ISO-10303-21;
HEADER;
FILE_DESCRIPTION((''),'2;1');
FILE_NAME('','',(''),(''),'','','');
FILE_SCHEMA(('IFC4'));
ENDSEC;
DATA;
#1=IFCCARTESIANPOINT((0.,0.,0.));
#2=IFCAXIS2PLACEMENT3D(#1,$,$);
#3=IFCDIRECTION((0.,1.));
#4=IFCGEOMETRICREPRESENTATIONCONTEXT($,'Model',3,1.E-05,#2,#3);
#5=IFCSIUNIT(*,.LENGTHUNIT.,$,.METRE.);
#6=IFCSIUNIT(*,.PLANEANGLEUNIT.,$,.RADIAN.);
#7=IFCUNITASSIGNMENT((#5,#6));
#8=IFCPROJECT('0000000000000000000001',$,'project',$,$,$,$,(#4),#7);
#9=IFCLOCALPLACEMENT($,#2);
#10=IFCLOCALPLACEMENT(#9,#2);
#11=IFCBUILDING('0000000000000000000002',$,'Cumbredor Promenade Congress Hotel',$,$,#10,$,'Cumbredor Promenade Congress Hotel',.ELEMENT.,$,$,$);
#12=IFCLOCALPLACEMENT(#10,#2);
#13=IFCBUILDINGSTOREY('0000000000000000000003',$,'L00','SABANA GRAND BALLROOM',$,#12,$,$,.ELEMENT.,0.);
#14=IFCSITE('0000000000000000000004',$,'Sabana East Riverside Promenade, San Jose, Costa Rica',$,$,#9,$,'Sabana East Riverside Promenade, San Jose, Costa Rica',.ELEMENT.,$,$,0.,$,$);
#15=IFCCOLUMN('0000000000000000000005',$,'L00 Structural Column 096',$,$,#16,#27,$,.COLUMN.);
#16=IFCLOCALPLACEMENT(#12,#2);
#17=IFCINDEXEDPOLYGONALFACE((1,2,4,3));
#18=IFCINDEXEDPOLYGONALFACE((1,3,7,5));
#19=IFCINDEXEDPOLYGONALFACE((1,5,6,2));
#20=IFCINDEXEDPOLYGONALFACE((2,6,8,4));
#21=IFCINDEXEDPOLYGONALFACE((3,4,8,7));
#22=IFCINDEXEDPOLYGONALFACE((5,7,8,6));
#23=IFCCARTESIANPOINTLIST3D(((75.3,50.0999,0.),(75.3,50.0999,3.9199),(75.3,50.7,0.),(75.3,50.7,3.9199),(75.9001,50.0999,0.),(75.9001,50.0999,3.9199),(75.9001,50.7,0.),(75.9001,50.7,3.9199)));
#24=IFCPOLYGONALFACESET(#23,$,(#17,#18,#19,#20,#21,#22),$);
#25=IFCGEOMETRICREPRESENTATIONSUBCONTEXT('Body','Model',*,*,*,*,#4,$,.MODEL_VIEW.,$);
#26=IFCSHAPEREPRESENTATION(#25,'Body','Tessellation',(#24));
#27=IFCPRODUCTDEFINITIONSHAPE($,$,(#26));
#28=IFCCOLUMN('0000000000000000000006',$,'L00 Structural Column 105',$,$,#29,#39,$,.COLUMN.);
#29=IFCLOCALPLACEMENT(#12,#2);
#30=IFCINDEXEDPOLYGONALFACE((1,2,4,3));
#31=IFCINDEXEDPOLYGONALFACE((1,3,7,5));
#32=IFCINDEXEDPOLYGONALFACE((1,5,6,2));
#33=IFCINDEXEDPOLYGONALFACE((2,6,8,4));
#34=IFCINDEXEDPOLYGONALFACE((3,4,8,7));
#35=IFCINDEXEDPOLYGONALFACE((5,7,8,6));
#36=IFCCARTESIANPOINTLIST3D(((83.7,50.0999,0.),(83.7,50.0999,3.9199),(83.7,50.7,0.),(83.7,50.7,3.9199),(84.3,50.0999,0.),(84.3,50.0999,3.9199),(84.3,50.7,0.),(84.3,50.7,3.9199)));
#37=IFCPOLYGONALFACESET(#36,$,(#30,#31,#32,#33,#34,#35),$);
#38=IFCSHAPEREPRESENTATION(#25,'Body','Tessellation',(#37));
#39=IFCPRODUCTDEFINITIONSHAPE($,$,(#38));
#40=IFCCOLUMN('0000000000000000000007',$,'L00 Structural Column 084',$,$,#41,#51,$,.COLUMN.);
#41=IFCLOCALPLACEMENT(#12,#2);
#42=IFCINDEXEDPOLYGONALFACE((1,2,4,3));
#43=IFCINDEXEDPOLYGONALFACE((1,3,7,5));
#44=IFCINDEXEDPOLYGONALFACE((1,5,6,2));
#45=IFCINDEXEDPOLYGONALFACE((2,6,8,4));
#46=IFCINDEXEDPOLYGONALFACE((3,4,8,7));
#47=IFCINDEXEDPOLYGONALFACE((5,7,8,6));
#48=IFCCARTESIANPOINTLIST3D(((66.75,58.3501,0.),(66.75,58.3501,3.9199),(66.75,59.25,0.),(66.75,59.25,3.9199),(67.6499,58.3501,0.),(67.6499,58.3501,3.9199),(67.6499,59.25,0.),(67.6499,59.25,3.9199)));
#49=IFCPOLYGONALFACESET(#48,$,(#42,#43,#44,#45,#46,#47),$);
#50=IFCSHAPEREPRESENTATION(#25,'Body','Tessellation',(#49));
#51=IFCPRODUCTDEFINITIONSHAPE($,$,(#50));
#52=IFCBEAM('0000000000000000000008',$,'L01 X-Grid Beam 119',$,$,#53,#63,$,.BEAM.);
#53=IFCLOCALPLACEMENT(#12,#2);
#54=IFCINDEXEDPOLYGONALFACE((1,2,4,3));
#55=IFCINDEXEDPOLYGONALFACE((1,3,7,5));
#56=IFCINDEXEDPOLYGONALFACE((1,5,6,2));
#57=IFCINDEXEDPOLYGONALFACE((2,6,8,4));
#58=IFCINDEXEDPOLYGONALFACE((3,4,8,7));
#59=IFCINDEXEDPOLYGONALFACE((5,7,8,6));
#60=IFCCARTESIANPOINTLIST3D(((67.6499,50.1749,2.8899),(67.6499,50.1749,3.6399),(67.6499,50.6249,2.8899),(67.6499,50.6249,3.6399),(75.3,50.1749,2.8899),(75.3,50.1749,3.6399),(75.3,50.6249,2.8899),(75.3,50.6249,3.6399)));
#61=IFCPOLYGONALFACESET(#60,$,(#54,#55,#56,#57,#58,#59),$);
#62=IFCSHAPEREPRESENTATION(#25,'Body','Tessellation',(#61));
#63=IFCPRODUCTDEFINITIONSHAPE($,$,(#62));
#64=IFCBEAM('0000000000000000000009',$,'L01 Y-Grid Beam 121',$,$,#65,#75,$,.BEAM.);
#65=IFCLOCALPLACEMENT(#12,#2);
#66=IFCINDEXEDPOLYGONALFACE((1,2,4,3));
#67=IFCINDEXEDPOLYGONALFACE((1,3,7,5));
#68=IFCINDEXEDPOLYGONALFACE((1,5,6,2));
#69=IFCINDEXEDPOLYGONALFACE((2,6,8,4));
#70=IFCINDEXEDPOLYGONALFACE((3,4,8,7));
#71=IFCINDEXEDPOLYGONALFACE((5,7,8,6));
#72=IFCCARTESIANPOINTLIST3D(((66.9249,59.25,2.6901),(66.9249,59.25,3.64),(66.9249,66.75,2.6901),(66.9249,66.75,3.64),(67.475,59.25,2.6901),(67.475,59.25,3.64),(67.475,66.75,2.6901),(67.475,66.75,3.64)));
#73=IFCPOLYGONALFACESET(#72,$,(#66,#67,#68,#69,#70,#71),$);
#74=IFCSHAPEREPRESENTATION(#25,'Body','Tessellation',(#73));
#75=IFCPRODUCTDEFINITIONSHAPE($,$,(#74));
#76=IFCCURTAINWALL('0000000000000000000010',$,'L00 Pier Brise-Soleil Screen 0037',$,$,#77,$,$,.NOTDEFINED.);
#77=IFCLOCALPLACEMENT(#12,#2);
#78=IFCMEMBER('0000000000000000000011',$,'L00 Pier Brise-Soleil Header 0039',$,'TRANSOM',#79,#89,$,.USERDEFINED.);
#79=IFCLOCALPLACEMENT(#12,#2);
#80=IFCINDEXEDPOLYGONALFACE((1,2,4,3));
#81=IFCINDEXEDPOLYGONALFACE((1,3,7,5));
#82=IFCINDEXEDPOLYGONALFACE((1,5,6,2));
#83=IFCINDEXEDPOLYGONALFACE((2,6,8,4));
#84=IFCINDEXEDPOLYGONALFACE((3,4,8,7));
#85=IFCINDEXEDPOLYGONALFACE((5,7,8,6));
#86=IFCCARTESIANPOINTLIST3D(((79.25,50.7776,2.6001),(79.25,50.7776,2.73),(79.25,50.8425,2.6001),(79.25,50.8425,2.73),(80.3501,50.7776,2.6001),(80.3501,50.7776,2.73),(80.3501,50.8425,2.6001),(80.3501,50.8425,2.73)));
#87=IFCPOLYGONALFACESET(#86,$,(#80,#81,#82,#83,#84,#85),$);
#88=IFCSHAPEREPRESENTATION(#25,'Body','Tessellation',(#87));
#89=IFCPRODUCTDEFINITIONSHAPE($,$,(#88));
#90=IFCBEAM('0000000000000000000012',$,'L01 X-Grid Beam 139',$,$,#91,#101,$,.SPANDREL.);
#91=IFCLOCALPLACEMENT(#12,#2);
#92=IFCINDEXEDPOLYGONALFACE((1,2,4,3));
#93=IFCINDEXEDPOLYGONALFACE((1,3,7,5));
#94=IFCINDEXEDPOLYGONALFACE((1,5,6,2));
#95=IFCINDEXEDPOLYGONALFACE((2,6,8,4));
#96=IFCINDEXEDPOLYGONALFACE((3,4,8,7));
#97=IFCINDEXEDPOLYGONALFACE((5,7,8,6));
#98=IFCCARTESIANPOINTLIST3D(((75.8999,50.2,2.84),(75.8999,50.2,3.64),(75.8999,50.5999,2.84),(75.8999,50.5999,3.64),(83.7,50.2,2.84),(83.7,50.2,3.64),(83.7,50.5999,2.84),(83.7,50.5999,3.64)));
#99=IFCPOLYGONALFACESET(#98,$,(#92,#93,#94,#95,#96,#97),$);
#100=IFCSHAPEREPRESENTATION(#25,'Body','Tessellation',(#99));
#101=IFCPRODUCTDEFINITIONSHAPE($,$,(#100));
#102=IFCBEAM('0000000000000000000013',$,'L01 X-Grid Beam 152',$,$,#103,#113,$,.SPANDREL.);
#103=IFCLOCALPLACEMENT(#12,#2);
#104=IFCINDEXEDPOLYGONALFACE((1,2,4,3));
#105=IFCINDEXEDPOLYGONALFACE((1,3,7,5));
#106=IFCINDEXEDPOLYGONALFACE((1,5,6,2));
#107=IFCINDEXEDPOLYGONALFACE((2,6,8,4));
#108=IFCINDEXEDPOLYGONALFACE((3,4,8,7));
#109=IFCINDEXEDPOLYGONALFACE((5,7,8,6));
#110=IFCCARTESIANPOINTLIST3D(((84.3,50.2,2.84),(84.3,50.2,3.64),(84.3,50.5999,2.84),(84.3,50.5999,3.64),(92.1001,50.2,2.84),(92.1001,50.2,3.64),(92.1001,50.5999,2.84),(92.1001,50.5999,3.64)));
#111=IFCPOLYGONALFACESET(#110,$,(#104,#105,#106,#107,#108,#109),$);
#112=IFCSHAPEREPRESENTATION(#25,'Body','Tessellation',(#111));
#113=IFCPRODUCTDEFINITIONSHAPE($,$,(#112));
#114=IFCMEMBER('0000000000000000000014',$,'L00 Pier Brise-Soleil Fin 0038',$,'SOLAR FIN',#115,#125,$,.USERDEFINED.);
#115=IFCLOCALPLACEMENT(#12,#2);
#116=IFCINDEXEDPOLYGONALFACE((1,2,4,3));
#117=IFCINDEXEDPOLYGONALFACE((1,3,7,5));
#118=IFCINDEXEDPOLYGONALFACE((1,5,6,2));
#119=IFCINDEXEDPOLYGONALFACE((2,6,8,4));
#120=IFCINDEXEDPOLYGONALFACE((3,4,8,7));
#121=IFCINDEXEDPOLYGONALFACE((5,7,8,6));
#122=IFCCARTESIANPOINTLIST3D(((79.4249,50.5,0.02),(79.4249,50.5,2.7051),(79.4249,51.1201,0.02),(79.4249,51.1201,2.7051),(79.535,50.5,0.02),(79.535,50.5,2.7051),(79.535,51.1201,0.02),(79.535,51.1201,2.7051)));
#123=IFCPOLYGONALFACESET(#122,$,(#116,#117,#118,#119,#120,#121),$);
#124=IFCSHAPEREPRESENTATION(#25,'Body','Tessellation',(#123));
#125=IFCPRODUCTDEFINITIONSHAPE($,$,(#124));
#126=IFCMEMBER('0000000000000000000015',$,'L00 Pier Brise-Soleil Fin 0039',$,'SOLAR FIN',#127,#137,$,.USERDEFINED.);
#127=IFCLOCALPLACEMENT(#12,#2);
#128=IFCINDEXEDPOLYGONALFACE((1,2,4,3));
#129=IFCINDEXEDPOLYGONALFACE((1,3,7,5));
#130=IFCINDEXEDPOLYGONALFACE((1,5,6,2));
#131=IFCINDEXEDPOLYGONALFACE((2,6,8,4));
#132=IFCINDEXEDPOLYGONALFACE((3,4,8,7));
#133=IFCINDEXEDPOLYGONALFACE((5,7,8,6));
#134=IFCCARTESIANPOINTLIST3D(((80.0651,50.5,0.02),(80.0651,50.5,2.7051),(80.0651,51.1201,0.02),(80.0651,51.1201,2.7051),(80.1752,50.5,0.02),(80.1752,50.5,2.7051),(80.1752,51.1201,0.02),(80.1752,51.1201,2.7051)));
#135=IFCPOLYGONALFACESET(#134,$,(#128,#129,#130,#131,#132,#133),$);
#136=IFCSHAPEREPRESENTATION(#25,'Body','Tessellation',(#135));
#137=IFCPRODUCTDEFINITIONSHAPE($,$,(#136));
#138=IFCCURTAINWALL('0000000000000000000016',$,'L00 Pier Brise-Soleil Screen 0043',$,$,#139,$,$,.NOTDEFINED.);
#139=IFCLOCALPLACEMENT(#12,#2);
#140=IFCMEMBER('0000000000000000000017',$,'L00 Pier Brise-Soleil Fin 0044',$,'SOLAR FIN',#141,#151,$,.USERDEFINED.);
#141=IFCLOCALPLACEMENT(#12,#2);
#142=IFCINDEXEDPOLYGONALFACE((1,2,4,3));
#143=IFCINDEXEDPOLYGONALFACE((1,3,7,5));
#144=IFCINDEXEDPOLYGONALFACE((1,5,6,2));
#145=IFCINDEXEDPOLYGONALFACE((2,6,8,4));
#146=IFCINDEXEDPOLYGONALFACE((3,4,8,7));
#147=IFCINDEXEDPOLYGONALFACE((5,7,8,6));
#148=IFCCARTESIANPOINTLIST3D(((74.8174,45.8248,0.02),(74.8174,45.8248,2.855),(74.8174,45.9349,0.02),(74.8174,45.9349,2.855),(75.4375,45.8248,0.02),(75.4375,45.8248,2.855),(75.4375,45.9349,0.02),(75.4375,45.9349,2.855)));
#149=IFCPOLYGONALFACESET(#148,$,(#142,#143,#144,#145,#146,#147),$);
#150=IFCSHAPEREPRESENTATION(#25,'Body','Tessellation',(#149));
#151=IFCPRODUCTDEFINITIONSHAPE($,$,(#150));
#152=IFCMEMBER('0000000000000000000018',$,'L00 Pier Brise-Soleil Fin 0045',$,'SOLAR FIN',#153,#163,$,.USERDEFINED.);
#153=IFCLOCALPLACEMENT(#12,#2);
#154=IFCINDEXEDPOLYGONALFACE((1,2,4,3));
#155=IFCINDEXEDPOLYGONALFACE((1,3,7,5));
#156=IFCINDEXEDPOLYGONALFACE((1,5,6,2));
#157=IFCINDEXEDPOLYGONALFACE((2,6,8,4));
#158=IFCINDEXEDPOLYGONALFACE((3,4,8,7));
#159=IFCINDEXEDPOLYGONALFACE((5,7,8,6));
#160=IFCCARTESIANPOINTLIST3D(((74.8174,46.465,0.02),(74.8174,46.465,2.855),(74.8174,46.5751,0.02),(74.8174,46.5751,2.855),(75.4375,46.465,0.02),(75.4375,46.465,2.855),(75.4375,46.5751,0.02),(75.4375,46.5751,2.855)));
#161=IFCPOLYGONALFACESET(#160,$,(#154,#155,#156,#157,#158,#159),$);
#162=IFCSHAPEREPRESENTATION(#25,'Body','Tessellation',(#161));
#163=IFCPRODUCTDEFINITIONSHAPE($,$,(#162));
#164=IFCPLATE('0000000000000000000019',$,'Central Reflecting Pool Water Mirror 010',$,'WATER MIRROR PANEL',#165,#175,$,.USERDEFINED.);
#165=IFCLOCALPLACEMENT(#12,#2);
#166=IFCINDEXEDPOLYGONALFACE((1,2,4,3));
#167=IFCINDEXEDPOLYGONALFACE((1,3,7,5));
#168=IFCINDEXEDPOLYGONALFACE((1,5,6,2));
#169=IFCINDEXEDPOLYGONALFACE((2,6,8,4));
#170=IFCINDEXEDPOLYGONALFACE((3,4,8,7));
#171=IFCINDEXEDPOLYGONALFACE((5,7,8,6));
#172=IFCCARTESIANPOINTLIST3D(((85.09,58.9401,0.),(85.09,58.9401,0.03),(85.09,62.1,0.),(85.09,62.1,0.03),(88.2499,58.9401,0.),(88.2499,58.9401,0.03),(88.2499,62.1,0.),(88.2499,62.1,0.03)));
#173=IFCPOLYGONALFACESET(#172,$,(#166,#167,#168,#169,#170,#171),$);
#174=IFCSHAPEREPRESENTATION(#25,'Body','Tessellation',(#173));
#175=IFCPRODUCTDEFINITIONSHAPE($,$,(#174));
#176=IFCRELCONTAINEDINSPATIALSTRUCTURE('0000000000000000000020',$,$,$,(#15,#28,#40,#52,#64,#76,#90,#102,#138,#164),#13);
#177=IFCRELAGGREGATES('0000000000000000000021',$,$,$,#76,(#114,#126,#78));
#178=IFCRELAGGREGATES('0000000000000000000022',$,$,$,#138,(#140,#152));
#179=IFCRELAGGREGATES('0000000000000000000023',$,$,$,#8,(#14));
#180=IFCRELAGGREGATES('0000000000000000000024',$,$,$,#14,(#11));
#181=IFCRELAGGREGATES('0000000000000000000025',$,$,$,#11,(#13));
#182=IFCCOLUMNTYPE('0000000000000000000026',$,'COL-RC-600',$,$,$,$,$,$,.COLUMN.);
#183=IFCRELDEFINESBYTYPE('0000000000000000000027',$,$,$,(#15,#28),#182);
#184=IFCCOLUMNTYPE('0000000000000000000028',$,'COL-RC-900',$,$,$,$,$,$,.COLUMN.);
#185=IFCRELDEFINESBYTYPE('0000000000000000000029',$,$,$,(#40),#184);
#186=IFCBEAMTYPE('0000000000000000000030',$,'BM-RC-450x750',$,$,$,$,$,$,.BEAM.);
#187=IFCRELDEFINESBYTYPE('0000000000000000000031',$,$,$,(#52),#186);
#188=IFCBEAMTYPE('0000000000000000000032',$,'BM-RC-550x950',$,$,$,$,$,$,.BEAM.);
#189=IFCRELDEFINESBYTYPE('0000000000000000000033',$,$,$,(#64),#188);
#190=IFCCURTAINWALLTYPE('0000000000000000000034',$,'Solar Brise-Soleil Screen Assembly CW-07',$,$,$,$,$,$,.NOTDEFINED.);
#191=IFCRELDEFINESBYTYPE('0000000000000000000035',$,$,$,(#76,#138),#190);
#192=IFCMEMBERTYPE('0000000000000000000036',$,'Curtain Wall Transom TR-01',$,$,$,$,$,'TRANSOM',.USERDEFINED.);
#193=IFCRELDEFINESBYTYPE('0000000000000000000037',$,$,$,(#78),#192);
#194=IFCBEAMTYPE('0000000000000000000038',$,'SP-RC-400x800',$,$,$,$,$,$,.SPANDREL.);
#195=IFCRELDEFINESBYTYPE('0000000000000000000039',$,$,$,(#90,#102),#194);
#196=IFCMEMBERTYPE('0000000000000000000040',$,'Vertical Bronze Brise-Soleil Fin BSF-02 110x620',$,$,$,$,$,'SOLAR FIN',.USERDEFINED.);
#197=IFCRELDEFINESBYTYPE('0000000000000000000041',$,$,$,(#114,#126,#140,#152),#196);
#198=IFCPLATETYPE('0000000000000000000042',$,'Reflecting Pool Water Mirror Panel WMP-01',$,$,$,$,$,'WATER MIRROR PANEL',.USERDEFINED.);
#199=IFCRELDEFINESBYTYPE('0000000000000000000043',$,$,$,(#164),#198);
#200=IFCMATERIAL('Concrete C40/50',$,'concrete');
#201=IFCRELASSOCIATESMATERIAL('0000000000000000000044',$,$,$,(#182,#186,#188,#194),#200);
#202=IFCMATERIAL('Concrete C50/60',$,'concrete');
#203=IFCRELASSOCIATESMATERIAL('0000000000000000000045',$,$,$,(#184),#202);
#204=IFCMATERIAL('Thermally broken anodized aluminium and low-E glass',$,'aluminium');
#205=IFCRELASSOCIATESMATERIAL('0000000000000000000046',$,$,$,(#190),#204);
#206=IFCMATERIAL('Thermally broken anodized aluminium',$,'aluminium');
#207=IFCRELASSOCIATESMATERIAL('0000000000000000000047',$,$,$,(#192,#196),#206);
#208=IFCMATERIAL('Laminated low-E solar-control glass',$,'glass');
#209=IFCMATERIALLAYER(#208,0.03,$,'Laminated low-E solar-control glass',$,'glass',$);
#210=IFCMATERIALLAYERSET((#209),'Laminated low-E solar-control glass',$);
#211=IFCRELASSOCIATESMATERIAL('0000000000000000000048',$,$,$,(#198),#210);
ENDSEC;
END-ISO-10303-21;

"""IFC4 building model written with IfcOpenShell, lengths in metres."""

from ifc_helpers import new_model, si_unit, direction, frame, origin, origin_2d, place, context, subcontext, project, spatial, rectangle, extrude, material, layer, layer_set, material_profile, profile_set, type_object, element, aggregate, save


model = new_model("IFC4")

# Units and contexts
model_context = context("Model", 3, precision=1e-05, world=origin(), true_north=direction((0.0, 1.0)))
body_context = subcontext(model_context, "Body", "Model", "MODEL_VIEW")
ifc_project = project(units=[si_unit("LENGTHUNIT", "METRE"), si_unit("PLANEANGLEUNIT", "RADIAN")], contexts=[model_context])

# Site, building, storey
site_placement = place(None, origin())
site = spatial("IfcSite", under=ifc_project, at=site_placement, Name="Sabana East Riverside Promenade, San Jose, Costa Rica", LongName="Sabana East Riverside Promenade, San Jose, Costa Rica", CompositionType="ELEMENT", RefElevation=0.0)
building_placement = place(site_placement, origin())
building = spatial("IfcBuilding", under=site, at=building_placement, Name="Cumbredor Promenade Congress Hotel", LongName="Cumbredor Promenade Congress Hotel", CompositionType="ELEMENT")
storey_placement = place(building_placement, origin())
storey = spatial("IfcBuildingStorey", under=building, at=storey_placement, Name="L00", Description="SABANA GRAND BALLROOM", CompositionType="ELEMENT", Elevation=0.0)

# Columns
ifc_material_1 = material(Name="Concrete C40/50", Category="concrete")
ifc_material_profile_1 = material_profile(ifc_material_1, rectangle(XDim=0.6001, YDim=0.6001, at=origin_2d()), Name="RC 600x600")
ifc_profile_set_1 = profile_set([ifc_material_profile_1], Name="Concrete C40/50")
column_type_1 = type_object("IfcColumnType", Name="COL-RC-600", PredefinedType="COLUMN", material=ifc_profile_set_1)
for number, where, z_axis, x_axis, name in (
    (1, (75.6001, 50.3999, 0.0), (0.0, 0.0, 1.0), (1.0, 0.0, 0.0), "L00 Structural Column 096"),
    (2, (84.0, 50.3999, 0.0), (0.0, 0.0, 1.0), (1.0, 0.0, 0.0), "L00 Structural Column 105"),
):
    element("IfcColumn", number, at=place(storey_placement, frame(where, z_axis=z_axis, x_axis=x_axis)), inside=storey, type_object=column_type_1, Name=name, PredefinedType="COLUMN", context=body_context, shape_type="SweptSolid", body=[
        extrude(rectangle(XDim=0.6001, YDim=0.6001, at=origin_2d()), origin(), (0.0, 0.0, 1.0), 3.9199),
    ])
ifc_material_2 = material(Name="Concrete C50/60", Category="concrete")
ifc_material_profile_2 = material_profile(ifc_material_2, rectangle(XDim=0.8999, YDim=0.8999, at=origin_2d()), Name="RC 900x900")
ifc_profile_set_2 = profile_set([ifc_material_profile_2], Name="Concrete C50/60")
column_type_2 = type_object("IfcColumnType", Name="COL-RC-900", PredefinedType="COLUMN", material=ifc_profile_set_2)
column_placement = place(storey_placement, frame((67.2, 58.8, 0.0), z_axis=(0.0, 0.0, 1.0), x_axis=(1.0, 0.0, 0.0)))
element("IfcColumn", 3, at=column_placement, inside=storey, type_object=column_type_2, Name="L00 Structural Column 084", PredefinedType="COLUMN", context=body_context, shape_type="SweptSolid", body=[
    extrude(rectangle(XDim=0.8999, YDim=0.8999, at=origin_2d()), origin(), (0.0, 0.0, 1.0), 3.9199),
])

# Beams
ifc_material_profile_3 = material_profile(ifc_material_1, rectangle(XDim=0.45, YDim=0.75, at=origin_2d()), Name="RC BEAM 450x750")
ifc_profile_set_3 = profile_set([ifc_material_profile_3], Name="Concrete C40/50")
beam_type_1 = type_object("IfcBeamType", Name="BM-RC-450x750", PredefinedType="BEAM", material=ifc_profile_set_3)
beam_1_placement = place(storey_placement, frame((67.6499, 50.3999, 3.2649), z_axis=(1.0, 0.0, 0.0), x_axis=(0.0, 1.0, 0.0)))
element("IfcBeam", 4, at=beam_1_placement, inside=storey, type_object=beam_type_1, Name="L01 X-Grid Beam 119", PredefinedType="BEAM", context=body_context, shape_type="SweptSolid", body=[
    extrude(rectangle(XDim=0.45, YDim=0.75, at=origin_2d()), origin(), (0.0, 0.0, 1.0), 7.6501),
])
ifc_material_profile_4 = material_profile(ifc_material_1, rectangle(XDim=0.55, YDim=0.95, at=origin_2d()), Name="RC BEAM 550x950")
ifc_profile_set_4 = profile_set([ifc_material_profile_4], Name="Concrete C40/50")
beam_type_2 = type_object("IfcBeamType", Name="BM-RC-550x950", PredefinedType="BEAM", material=ifc_profile_set_4)
beam_2_placement = place(storey_placement, frame((67.2, 59.25, 3.165), z_axis=(0.0, 1.0, 0.0), x_axis=(-1.0, 0.0, 0.0)))
element("IfcBeam", 5, at=beam_2_placement, inside=storey, type_object=beam_type_2, Name="L01 Y-Grid Beam 121", PredefinedType="BEAM", context=body_context, shape_type="SweptSolid", body=[
    extrude(rectangle(XDim=0.55, YDim=0.95, at=origin_2d()), origin(), (0.0, 0.0, 1.0), 7.5),
])

# Curtain wall, member
ifc_material_3 = material(Name="Thermally broken anodized aluminium and low-E glass", Category="aluminium")
curtain_wall_type = type_object("IfcCurtainWallType", Name="Solar Brise-Soleil Screen Assembly CW-07", PredefinedType="NOTDEFINED", material=ifc_material_3)
curtain_wall_1_placement = place(storey_placement, origin())
curtain_wall_1 = element("IfcCurtainWall", 6, at=curtain_wall_1_placement, inside=storey, type_object=curtain_wall_type, Name="L00 Pier Brise-Soleil Screen 0037", PredefinedType="NOTDEFINED")
ifc_material_4 = material(Name="Thermally broken anodized aluminium", Category="aluminium")
ifc_material_profile_5 = material_profile(ifc_material_4, rectangle(XDim=0.0649, YDim=0.1299, at=origin_2d()), Name="ALU TRANSOM 65x130")
ifc_profile_set_5 = profile_set([ifc_material_profile_5], Name="Thermally broken anodized aluminium")
member_type_1 = type_object("IfcMemberType", Name="Curtain Wall Transom TR-01", ElementType="TRANSOM", PredefinedType="USERDEFINED", material=ifc_profile_set_5)
member_1_placement = place(storey_placement, frame((79.25, 50.8101, 2.665), z_axis=(1.0, 0.0, 0.0), x_axis=(0.0, 1.0, 0.0)))
member_1 = element("IfcMember", 7, at=member_1_placement, type_object=member_type_1, Name="L00 Pier Brise-Soleil Header 0039", ObjectType="TRANSOM", PredefinedType="USERDEFINED", context=body_context, shape_type="SweptSolid", body=[
    extrude(rectangle(XDim=0.0649, YDim=0.1299, at=origin_2d()), origin(), (0.0, 0.0, 1.0), 1.1001),
])

# Beams
ifc_material_profile_6 = material_profile(ifc_material_1, rectangle(XDim=0.3999, YDim=0.8, at=origin_2d()), Name="RC SPANDREL 400x800")
ifc_profile_set_6 = profile_set([ifc_material_profile_6], Name="Concrete C40/50")
beam_type_3 = type_object("IfcBeamType", Name="SP-RC-400x800", PredefinedType="SPANDREL", material=ifc_profile_set_6)
for number, where, z_axis, x_axis, name in (
    (8, (75.8999, 50.3999, 3.24), (1.0, 0.0, 0.0), (0.0, 1.0, 0.0), "L01 X-Grid Beam 139"),
    (9, (84.3, 50.3999, 3.24), (1.0, 0.0, 0.0), (0.0, 1.0, 0.0), "L01 X-Grid Beam 152"),
):
    element("IfcBeam", number, at=place(storey_placement, frame(where, z_axis=z_axis, x_axis=x_axis)), inside=storey, type_object=beam_type_3, Name=name, PredefinedType="SPANDREL", context=body_context, shape_type="SweptSolid", body=[
        extrude(rectangle(XDim=0.3999, YDim=0.8, at=origin_2d()), origin(), (0.0, 0.0, 1.0), 7.8),
    ])

# Members
ifc_material_profile_7 = material_profile(ifc_material_4, rectangle(XDim=0.1101, YDim=0.6201, at=origin_2d()), Name="ARCH FIN 110x620")
ifc_profile_set_7 = profile_set([ifc_material_profile_7], Name="Thermally broken anodized aluminium")
member_type_2 = type_object("IfcMemberType", Name="Vertical Bronze Brise-Soleil Fin BSF-02 110x620", ElementType="SOLAR FIN", PredefinedType="USERDEFINED", material=ifc_profile_set_7)
member_2_placement = place(storey_placement, frame((79.48, 50.8101, 0.02), z_axis=(0.0, 0.0, 1.0), x_axis=(1.0, 0.0, 0.0)))
member_2 = element("IfcMember", 10, at=member_2_placement, type_object=member_type_2, Name="L00 Pier Brise-Soleil Fin 0038", ObjectType="SOLAR FIN", PredefinedType="USERDEFINED", context=body_context, shape_type="SweptSolid", body=[
    extrude(rectangle(XDim=0.1101, YDim=0.6201, at=origin_2d()), origin(), (0.0, 0.0, 1.0), 2.6851),
])
member_3_placement = place(storey_placement, frame((80.1201, 50.8101, 0.02), z_axis=(0.0, 0.0, 1.0), x_axis=(1.0, 0.0, 0.0)))
member_3 = element("IfcMember", 11, at=member_3_placement, type_object=member_type_2, Name="L00 Pier Brise-Soleil Fin 0039", ObjectType="SOLAR FIN", PredefinedType="USERDEFINED", context=body_context, shape_type="SweptSolid", body=[
    extrude(rectangle(XDim=0.1101, YDim=0.6201, at=origin_2d()), origin(), (0.0, 0.0, 1.0), 2.6851),
])
aggregate(curtain_wall_1, [member_2, member_3, member_1])

# Curtain wall, members
curtain_wall_2_placement = place(storey_placement, origin())
curtain_wall_2 = element("IfcCurtainWall", 12, at=curtain_wall_2_placement, inside=storey, type_object=curtain_wall_type, Name="L00 Pier Brise-Soleil Screen 0043", PredefinedType="NOTDEFINED")
member_4_placement = place(storey_placement, frame((75.1274, 45.8799, 0.02), z_axis=(0.0, 0.0, 1.0), x_axis=(0.0, 1.0, 0.0)))
member_4 = element("IfcMember", 13, at=member_4_placement, type_object=member_type_2, Name="L00 Pier Brise-Soleil Fin 0044", ObjectType="SOLAR FIN", PredefinedType="USERDEFINED", context=body_context, shape_type="SweptSolid", body=[
    extrude(rectangle(XDim=0.1101, YDim=0.6201, at=origin_2d()), origin(), (0.0, 0.0, 1.0), 2.835),
])
member_5_placement = place(storey_placement, frame((75.1274, 46.52, 0.02), z_axis=(0.0, 0.0, 1.0), x_axis=(0.0, 1.0, 0.0)))
member_5 = element("IfcMember", 14, at=member_5_placement, type_object=member_type_2, Name="L00 Pier Brise-Soleil Fin 0045", ObjectType="SOLAR FIN", PredefinedType="USERDEFINED", context=body_context, shape_type="SweptSolid", body=[
    extrude(rectangle(XDim=0.1101, YDim=0.6201, at=origin_2d()), origin(), (0.0, 0.0, 1.0), 2.835),
])
aggregate(curtain_wall_2, [member_4, member_5])

# Plate
ifc_material_5 = material(Name="Laminated low-E solar-control glass", Category="glass")
ifc_layer_1 = layer(ifc_material_5, 0.03, Name="Laminated low-E solar-control glass", Category="glass")
ifc_layer_set_1 = layer_set([ifc_layer_1], Name="Laminated low-E solar-control glass")
plate_type = type_object("IfcPlateType", Name="Reflecting Pool Water Mirror Panel WMP-01", ElementType="WATER MIRROR PANEL", PredefinedType="USERDEFINED", material=ifc_layer_set_1)
plate_placement = place(storey_placement, frame((86.6699, 60.52, 0.0), z_axis=(0.0, 0.0, 1.0), x_axis=(1.0, 0.0, 0.0)))
element("IfcPlate", 15, at=plate_placement, inside=storey, type_object=plate_type, Name="Central Reflecting Pool Water Mirror 010", ObjectType="WATER MIRROR PANEL", PredefinedType="USERDEFINED", context=body_context, shape_type="SweptSolid", body=[
    extrude(rectangle(XDim=3.1599, YDim=3.1599, at=origin_2d()), origin(), (0.0, 0.0, 1.0), 0.03),
])

save(model, "model.ifc")
